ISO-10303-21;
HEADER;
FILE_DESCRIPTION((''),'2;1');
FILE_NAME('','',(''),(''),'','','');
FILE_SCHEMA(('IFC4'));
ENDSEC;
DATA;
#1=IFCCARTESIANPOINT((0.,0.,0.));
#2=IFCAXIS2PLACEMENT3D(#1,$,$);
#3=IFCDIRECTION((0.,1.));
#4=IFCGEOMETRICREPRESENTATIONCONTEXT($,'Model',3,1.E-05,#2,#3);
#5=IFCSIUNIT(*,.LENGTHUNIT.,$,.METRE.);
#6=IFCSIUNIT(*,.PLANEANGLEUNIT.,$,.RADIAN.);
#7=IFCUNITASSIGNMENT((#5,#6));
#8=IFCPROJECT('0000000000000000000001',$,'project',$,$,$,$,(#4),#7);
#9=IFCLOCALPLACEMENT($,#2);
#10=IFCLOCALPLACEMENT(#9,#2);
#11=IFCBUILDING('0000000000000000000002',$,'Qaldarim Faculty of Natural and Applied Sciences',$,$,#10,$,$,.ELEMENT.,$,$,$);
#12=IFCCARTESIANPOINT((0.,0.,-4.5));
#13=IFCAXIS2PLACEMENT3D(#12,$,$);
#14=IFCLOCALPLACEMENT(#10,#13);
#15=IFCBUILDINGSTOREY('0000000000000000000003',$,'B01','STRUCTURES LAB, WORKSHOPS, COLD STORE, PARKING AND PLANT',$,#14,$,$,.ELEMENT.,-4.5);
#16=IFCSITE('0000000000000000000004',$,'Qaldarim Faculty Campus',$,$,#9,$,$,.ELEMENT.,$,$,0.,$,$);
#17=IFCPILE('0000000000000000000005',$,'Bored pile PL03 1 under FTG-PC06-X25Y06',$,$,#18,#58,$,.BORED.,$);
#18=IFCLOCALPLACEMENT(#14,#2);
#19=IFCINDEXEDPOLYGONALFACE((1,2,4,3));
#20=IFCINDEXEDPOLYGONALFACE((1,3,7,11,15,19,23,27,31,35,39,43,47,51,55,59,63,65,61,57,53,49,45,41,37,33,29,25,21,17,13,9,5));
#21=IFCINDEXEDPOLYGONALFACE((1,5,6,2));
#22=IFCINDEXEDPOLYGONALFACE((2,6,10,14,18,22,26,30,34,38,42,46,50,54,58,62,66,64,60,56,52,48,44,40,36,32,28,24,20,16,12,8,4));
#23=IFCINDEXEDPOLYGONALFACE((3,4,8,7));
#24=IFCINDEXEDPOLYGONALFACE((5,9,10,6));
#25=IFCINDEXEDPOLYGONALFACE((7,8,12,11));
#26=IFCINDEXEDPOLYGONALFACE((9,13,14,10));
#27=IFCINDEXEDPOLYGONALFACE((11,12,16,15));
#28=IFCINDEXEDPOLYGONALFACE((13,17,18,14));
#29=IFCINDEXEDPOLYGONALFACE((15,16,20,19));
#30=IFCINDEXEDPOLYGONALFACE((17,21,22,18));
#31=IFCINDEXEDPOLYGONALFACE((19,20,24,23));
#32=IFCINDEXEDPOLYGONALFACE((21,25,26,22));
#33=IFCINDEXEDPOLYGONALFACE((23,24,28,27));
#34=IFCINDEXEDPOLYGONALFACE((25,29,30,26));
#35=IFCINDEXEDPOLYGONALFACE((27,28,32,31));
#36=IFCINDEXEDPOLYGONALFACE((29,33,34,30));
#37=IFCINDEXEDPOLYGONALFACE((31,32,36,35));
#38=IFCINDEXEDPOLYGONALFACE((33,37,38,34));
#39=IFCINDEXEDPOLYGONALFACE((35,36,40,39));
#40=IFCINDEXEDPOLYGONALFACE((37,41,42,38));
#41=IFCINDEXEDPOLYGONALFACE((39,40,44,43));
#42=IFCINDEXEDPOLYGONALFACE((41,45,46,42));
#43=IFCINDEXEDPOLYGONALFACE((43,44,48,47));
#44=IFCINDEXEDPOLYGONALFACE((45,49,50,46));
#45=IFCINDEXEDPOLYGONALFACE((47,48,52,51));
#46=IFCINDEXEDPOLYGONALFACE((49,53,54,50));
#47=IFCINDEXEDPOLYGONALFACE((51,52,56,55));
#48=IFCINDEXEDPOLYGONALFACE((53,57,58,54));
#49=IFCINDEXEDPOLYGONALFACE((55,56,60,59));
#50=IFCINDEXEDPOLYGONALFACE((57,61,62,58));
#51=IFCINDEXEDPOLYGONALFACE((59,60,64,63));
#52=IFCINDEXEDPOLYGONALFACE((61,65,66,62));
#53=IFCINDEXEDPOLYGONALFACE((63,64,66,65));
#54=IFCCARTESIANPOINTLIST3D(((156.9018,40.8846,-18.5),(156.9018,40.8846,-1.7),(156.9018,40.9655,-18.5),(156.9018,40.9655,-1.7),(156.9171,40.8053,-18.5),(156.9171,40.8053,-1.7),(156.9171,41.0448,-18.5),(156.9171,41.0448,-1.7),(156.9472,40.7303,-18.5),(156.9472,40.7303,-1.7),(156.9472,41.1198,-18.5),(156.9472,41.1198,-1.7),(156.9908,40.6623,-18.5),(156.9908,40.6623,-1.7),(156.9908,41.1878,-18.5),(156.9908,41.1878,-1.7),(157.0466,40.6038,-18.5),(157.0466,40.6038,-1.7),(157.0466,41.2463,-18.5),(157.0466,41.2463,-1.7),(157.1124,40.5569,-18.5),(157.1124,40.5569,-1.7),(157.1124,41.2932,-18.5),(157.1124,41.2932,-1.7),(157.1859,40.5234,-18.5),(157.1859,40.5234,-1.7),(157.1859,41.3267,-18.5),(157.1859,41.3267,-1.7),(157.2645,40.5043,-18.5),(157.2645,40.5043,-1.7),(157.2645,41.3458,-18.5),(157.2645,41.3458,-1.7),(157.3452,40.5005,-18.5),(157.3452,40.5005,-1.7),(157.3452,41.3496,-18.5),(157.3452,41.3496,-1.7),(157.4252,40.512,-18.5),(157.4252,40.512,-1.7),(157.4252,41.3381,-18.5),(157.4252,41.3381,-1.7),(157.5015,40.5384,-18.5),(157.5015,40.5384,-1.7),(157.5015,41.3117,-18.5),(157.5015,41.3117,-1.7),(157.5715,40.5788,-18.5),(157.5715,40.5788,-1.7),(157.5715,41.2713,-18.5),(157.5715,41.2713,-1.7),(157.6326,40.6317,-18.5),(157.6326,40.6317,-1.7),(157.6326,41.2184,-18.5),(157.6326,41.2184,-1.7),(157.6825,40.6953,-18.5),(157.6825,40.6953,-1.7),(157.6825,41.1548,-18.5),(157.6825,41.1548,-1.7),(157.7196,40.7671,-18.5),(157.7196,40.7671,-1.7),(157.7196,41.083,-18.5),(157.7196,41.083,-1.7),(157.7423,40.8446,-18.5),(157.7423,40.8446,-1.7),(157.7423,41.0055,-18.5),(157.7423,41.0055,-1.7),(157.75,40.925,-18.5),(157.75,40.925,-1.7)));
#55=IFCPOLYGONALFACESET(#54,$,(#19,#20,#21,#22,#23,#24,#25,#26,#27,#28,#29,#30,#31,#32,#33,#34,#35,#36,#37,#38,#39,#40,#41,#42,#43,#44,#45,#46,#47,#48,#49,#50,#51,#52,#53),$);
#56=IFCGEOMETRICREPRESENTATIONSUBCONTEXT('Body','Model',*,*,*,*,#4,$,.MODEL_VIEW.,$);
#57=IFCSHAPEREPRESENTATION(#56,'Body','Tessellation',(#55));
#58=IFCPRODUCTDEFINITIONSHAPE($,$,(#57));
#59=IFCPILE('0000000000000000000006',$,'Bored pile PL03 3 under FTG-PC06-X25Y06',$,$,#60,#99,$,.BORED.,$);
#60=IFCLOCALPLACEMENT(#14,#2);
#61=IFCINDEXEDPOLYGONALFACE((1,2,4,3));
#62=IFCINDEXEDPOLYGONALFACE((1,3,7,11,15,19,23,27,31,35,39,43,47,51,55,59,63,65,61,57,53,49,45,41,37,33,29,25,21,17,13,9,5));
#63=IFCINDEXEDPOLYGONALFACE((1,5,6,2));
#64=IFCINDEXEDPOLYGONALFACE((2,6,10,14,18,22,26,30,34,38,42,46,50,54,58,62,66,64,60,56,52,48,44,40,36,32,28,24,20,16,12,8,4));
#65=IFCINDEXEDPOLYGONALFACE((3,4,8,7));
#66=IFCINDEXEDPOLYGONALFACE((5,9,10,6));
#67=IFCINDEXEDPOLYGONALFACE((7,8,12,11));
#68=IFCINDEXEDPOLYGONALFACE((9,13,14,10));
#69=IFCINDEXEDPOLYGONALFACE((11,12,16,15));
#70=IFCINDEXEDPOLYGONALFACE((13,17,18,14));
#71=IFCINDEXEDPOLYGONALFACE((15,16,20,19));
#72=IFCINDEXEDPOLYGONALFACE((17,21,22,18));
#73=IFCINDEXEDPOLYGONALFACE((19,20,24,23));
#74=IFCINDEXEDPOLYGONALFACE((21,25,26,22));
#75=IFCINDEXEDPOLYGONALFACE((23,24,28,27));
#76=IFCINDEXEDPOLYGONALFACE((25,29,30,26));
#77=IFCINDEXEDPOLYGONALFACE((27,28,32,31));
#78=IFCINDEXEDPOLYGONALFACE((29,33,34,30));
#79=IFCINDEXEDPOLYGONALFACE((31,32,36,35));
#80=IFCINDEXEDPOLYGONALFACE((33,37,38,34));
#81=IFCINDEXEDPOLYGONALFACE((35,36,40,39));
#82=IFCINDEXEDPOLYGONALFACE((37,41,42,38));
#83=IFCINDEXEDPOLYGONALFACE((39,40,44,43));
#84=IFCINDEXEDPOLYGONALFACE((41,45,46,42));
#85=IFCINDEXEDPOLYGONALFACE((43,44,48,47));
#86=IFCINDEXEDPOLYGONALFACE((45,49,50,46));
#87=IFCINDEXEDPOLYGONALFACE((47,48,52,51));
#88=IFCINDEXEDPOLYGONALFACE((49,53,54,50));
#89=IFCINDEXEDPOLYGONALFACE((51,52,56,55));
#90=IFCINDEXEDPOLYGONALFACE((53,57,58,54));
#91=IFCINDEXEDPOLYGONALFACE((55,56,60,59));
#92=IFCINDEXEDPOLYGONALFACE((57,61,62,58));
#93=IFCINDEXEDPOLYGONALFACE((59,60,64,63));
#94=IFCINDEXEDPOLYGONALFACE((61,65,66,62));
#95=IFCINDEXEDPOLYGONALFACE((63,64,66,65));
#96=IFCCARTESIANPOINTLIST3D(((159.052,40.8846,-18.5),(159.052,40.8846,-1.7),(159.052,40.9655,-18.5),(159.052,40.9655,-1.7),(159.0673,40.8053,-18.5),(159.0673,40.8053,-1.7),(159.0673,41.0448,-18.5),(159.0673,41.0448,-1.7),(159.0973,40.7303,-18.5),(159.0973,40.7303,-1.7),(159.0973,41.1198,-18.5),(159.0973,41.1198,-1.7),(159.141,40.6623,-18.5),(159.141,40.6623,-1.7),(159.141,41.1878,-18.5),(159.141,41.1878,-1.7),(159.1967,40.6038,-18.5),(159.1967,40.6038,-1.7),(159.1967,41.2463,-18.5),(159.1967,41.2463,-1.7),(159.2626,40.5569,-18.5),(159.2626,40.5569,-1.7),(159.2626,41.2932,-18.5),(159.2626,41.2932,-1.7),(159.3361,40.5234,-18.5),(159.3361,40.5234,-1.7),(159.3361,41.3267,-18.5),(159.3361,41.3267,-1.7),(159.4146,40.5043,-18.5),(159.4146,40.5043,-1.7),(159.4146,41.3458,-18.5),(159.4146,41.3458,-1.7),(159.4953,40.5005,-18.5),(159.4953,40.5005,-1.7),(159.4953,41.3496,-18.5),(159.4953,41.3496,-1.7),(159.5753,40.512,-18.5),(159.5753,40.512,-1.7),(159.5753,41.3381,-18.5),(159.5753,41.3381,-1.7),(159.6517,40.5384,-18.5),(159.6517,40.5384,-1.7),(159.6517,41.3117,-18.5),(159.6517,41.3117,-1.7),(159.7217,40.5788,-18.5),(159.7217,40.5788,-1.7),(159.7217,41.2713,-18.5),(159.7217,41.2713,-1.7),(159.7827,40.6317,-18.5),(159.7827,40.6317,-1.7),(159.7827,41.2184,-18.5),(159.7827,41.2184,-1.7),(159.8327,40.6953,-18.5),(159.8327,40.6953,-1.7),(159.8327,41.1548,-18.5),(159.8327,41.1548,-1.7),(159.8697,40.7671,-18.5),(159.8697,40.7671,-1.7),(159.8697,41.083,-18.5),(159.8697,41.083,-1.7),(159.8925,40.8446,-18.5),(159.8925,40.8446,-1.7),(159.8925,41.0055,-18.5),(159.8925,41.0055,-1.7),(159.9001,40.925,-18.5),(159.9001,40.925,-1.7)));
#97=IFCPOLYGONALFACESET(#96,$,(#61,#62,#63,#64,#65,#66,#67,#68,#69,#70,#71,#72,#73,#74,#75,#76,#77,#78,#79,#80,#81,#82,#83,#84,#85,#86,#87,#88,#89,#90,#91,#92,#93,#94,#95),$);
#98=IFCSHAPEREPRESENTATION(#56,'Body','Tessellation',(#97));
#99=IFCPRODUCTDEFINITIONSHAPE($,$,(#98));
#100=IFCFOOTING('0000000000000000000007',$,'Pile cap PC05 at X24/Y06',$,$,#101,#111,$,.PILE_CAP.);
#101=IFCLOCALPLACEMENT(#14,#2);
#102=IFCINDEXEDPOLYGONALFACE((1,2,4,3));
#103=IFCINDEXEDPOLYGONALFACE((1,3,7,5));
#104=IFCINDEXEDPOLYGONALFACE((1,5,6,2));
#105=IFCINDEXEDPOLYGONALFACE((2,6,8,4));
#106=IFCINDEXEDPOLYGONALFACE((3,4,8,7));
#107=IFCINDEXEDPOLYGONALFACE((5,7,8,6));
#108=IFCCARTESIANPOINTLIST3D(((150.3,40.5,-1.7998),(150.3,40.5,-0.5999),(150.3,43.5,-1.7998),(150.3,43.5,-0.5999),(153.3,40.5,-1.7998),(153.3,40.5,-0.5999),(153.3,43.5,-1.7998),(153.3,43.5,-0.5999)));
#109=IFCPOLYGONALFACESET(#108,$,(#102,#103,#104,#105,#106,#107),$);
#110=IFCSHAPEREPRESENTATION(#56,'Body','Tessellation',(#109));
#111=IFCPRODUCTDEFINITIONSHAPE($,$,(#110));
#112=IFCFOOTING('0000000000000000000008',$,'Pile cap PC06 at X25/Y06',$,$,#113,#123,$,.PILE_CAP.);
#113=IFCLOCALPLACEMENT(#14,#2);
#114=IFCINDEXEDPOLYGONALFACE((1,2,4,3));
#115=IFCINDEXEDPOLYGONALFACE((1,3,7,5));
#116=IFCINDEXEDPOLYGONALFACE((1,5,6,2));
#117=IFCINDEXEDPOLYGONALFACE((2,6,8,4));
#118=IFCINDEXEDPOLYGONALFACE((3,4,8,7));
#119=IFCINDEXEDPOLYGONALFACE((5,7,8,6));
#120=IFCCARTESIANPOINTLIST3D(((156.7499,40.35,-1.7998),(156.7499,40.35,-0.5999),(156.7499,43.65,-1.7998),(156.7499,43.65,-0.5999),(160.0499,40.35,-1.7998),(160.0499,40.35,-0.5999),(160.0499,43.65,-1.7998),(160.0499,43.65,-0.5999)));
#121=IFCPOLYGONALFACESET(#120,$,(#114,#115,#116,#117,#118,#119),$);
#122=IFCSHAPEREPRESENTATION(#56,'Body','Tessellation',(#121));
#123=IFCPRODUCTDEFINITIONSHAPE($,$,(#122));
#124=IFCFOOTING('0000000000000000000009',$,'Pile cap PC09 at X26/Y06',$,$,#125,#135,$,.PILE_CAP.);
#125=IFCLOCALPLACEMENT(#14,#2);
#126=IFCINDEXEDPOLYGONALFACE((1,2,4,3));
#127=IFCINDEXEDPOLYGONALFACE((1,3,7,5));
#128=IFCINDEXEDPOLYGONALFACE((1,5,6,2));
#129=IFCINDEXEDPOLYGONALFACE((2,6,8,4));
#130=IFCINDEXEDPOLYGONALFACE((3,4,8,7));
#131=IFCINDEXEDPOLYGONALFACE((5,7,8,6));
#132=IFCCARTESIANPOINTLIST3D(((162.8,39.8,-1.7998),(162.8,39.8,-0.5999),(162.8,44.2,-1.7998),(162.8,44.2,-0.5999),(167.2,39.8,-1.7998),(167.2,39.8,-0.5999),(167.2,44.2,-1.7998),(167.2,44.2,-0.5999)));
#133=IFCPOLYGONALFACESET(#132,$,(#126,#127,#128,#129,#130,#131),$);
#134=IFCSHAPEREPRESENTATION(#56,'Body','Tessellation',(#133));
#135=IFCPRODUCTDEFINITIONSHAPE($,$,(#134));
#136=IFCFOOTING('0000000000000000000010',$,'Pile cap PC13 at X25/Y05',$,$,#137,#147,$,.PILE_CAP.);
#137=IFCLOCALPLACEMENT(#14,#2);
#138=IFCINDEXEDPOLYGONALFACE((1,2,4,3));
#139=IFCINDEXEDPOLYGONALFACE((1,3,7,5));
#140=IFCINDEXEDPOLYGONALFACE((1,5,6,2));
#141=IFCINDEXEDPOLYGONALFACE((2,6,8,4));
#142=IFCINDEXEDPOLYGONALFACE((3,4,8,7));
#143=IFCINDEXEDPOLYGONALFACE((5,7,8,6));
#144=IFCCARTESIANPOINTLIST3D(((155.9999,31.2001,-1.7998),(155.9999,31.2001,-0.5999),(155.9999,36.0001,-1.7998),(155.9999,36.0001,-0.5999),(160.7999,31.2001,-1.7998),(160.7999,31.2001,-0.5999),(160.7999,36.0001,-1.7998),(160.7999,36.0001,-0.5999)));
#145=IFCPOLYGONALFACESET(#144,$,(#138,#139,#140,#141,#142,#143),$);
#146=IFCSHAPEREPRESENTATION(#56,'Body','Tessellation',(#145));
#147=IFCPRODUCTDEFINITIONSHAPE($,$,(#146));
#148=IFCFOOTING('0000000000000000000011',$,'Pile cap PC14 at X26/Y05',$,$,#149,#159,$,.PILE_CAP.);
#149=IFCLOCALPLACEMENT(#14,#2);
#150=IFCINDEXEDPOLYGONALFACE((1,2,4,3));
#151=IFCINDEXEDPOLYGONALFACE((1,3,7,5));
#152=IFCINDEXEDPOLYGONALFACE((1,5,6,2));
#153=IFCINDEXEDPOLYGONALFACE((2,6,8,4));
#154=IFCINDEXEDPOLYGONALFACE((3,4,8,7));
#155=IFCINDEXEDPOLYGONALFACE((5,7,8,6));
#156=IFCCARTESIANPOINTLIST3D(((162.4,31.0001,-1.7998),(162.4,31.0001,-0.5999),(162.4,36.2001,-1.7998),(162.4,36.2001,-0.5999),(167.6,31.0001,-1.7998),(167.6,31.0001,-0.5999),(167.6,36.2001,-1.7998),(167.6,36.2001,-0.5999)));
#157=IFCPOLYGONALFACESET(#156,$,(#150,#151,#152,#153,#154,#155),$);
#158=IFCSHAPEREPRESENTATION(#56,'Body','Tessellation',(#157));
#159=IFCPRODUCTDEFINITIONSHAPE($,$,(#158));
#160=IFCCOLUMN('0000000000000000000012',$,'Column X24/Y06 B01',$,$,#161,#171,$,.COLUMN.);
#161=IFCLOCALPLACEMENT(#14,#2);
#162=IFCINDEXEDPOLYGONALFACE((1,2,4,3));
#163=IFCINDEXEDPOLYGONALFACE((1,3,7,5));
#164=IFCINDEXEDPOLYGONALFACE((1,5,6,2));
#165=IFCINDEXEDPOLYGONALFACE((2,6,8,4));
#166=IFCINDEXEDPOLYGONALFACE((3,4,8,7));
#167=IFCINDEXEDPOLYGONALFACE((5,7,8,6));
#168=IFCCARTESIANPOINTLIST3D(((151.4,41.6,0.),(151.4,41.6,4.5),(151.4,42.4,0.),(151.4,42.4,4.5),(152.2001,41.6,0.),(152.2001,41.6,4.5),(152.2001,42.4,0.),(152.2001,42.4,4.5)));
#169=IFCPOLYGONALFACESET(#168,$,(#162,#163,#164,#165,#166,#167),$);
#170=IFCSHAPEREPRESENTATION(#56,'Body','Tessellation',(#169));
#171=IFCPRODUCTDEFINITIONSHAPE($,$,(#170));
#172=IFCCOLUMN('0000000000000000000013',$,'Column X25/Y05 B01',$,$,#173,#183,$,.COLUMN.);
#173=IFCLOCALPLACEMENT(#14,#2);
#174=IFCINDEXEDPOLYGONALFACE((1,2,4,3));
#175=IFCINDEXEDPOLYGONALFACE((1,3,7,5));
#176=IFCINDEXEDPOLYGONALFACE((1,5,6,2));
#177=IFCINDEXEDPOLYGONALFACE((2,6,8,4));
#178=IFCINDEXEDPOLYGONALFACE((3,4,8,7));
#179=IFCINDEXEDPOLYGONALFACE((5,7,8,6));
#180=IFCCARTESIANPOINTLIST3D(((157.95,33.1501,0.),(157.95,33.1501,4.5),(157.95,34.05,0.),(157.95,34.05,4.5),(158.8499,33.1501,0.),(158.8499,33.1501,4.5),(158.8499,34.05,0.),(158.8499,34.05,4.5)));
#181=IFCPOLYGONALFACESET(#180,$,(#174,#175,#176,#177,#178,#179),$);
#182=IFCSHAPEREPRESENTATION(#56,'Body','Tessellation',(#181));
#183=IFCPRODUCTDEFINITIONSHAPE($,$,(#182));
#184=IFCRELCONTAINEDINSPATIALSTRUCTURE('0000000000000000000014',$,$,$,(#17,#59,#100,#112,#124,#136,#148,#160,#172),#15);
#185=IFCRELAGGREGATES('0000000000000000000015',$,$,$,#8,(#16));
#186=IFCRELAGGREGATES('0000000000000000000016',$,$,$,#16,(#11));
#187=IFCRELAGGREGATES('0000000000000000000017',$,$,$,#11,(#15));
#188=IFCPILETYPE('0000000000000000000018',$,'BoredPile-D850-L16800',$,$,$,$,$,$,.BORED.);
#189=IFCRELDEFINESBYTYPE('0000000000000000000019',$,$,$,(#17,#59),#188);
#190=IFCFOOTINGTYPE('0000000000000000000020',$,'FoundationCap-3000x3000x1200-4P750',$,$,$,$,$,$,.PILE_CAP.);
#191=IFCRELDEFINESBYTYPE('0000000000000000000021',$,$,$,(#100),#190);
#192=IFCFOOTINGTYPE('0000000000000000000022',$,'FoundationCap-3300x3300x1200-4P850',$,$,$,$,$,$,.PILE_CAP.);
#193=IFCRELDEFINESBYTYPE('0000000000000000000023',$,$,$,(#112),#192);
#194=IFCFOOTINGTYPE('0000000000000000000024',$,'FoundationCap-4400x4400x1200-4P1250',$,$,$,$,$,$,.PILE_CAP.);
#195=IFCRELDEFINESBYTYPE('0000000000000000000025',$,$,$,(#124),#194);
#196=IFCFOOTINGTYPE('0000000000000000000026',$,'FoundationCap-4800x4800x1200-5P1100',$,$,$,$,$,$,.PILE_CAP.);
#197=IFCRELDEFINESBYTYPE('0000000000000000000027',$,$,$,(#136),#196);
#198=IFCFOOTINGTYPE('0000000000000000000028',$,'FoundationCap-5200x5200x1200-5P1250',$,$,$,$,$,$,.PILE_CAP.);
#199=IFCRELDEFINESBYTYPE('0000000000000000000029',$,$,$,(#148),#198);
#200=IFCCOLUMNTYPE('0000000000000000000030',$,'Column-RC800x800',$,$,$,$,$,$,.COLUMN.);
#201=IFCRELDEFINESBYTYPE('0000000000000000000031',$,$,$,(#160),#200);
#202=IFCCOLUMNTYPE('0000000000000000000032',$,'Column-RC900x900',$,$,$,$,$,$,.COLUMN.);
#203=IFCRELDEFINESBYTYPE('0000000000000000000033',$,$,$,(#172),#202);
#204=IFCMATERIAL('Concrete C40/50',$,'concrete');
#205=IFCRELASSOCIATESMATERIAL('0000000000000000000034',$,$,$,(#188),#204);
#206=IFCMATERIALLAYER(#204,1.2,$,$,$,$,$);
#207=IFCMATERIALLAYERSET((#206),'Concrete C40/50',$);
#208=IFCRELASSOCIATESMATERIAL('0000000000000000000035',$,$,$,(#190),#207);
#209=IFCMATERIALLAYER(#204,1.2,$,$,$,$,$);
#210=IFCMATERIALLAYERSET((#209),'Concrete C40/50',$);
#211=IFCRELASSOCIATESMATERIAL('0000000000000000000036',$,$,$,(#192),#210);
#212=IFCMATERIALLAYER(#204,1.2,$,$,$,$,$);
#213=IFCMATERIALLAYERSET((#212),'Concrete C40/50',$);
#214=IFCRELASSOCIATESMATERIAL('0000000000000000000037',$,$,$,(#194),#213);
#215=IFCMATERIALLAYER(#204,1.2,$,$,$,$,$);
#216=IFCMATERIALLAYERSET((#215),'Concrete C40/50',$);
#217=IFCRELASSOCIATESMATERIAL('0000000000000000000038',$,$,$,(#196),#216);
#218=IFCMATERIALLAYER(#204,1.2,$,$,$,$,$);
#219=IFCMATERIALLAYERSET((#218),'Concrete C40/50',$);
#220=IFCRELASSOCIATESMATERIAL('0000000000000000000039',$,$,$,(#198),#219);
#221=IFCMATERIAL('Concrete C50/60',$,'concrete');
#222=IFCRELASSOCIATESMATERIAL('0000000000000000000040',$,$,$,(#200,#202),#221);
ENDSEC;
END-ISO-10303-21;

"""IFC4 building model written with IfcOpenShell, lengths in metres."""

from ifc_helpers import new_model, si_unit, direction, frame, origin, origin_2d, place, context, subcontext, project, spatial, rectangle, circle, extrude, material, layer, layer_set, material_profile, profile_set, type_object, element, save


model = new_model("IFC4")

# Units and contexts
model_context = context("Model", 3, precision=1e-05, world=origin(), true_north=direction((0.0, 1.0)))
body_context = subcontext(model_context, "Body", "Model", "MODEL_VIEW")
ifc_project = project(units=[si_unit("LENGTHUNIT", "METRE"), si_unit("PLANEANGLEUNIT", "RADIAN")], contexts=[model_context])

# Site, building, storey
site_placement = place(None, origin())
site = spatial("IfcSite", under=ifc_project, at=site_placement, Name="Qaldarim Faculty Campus", CompositionType="ELEMENT", RefElevation=0.0)
building_placement = place(site_placement, origin())
building = spatial("IfcBuilding", under=site, at=building_placement, Name="Qaldarim Faculty of Natural and Applied Sciences", CompositionType="ELEMENT")
storey_placement = place(building_placement, frame((0.0, 0.0, -4.5)))
storey = spatial("IfcBuildingStorey", under=building, at=storey_placement, Name="B01", Description="STRUCTURES LAB, WORKSHOPS, COLD STORE, PARKING AND PLANT", CompositionType="ELEMENT", Elevation=-4.5)

# Piles
ifc_material_1 = material(Name="Concrete C40/50", Category="concrete")
ifc_material_profile_1 = material_profile(ifc_material_1, circle(Radius=0.425, at=origin_2d()), Name="PILE-D850")
ifc_profile_set_1 = profile_set([ifc_material_profile_1], Name="Concrete C40/50")
pile_type_1 = type_object("IfcPileType", Name="BoredPile-D850-L16800", PredefinedType="BORED", material=ifc_profile_set_1)
for number, where, z_axis, x_axis, name in (
    (1, (157.325, 40.925, -1.7), (0.0, 0.0, -1.0), (1.0, 0.0, 0.0), "Bored pile PL03 1 under FTG-PC06-X25Y06"),
    (2, (159.4751, 40.925, -1.7), (0.0, 0.0, -1.0), (1.0, 0.0, 0.0), "Bored pile PL03 3 under FTG-PC06-X25Y06"),
):
    element("IfcPile", number, at=place(storey_placement, frame(where, z_axis=z_axis, x_axis=x_axis)), inside=storey, type_object=pile_type_1, Name=name, PredefinedType="BORED", context=body_context, shape_type="SweptSolid", body=[
        extrude(circle(Radius=0.425, at=origin_2d()), origin(), (0.0, 0.0, 1.0), 16.8),
    ])

# Footings
ifc_layer_1 = layer(ifc_material_1, 1.2)
ifc_layer_set_1 = layer_set([ifc_layer_1], Name="Concrete C40/50")
footing_type_1 = type_object("IfcFootingType", Name="FoundationCap-3000x3000x1200-4P750", PredefinedType="PILE_CAP", material=ifc_layer_set_1)
footing_1_placement = place(storey_placement, frame((151.8, 42.0, -1.7998), z_axis=(0.0, 0.0, 1.0), x_axis=(1.0, 0.0, 0.0)))
element("IfcFooting", 3, at=footing_1_placement, inside=storey, type_object=footing_type_1, Name="Pile cap PC05 at X24/Y06", PredefinedType="PILE_CAP", context=body_context, shape_type="SweptSolid", body=[
    extrude(rectangle(XDim=3.0, YDim=3.0, at=origin_2d()), origin(), (0.0, 0.0, 1.0), 1.2),
])
ifc_layer_2 = layer(ifc_material_1, 1.2)
ifc_layer_set_2 = layer_set([ifc_layer_2], Name="Concrete C40/50")
footing_type_2 = type_object("IfcFootingType", Name="FoundationCap-3300x3300x1200-4P850", PredefinedType="PILE_CAP", material=ifc_layer_set_2)
footing_2_placement = place(storey_placement, frame((158.3999, 42.0, -1.7998), z_axis=(0.0, 0.0, 1.0), x_axis=(1.0, 0.0, 0.0)))
element("IfcFooting", 4, at=footing_2_placement, inside=storey, type_object=footing_type_2, Name="Pile cap PC06 at X25/Y06", PredefinedType="PILE_CAP", context=body_context, shape_type="SweptSolid", body=[
    extrude(rectangle(XDim=3.3, YDim=3.3, at=origin_2d()), origin(), (0.0, 0.0, 1.0), 1.2),
])
ifc_layer_3 = layer(ifc_material_1, 1.2)
ifc_layer_set_3 = layer_set([ifc_layer_3], Name="Concrete C40/50")
footing_type_3 = type_object("IfcFootingType", Name="FoundationCap-4400x4400x1200-4P1250", PredefinedType="PILE_CAP", material=ifc_layer_set_3)
footing_3_placement = place(storey_placement, frame((165.0, 42.0, -1.7998), z_axis=(0.0, 0.0, 1.0), x_axis=(1.0, 0.0, 0.0)))
element("IfcFooting", 5, at=footing_3_placement, inside=storey, type_object=footing_type_3, Name="Pile cap PC09 at X26/Y06", PredefinedType="PILE_CAP", context=body_context, shape_type="SweptSolid", body=[
    extrude(rectangle(XDim=4.3999, YDim=4.3999, at=origin_2d()), origin(), (0.0, 0.0, 1.0), 1.2),
])
ifc_layer_4 = layer(ifc_material_1, 1.2)
ifc_layer_set_4 = layer_set([ifc_layer_4], Name="Concrete C40/50")
footing_type_4 = type_object("IfcFootingType", Name="FoundationCap-4800x4800x1200-5P1100", PredefinedType="PILE_CAP", material=ifc_layer_set_4)
footing_4_placement = place(storey_placement, frame((158.3999, 33.6001, -1.7998), z_axis=(0.0, 0.0, 1.0), x_axis=(1.0, 0.0, 0.0)))
element("IfcFooting", 6, at=footing_4_placement, inside=storey, type_object=footing_type_4, Name="Pile cap PC13 at X25/Y05", PredefinedType="PILE_CAP", context=body_context, shape_type="SweptSolid", body=[
    extrude(rectangle(XDim=4.8, YDim=4.8, at=origin_2d()), origin(), (0.0, 0.0, 1.0), 1.2),
])
ifc_layer_5 = layer(ifc_material_1, 1.2)
ifc_layer_set_5 = layer_set([ifc_layer_5], Name="Concrete C40/50")
footing_type_5 = type_object("IfcFootingType", Name="FoundationCap-5200x5200x1200-5P1250", PredefinedType="PILE_CAP", material=ifc_layer_set_5)
footing_5_placement = place(storey_placement, frame((165.0, 33.6001, -1.7998), z_axis=(0.0, 0.0, 1.0), x_axis=(1.0, 0.0, 0.0)))
element("IfcFooting", 7, at=footing_5_placement, inside=storey, type_object=footing_type_5, Name="Pile cap PC14 at X26/Y05", PredefinedType="PILE_CAP", context=body_context, shape_type="SweptSolid", body=[
    extrude(rectangle(XDim=5.2, YDim=5.2, at=origin_2d()), origin(), (0.0, 0.0, 1.0), 1.2),
])

# Columns
ifc_material_2 = material(Name="Concrete C50/60", Category="concrete")
ifc_material_profile_2 = material_profile(ifc_material_2, rectangle(XDim=0.8, YDim=0.8, at=origin_2d()), Name="RC-C800x800")
ifc_profile_set_2 = profile_set([ifc_material_profile_2], Name="Concrete C50/60")
column_type_1 = type_object("IfcColumnType", Name="Column-RC800x800", PredefinedType="COLUMN", material=ifc_profile_set_2)
column_placement = place(storey_placement, frame((151.8, 42.0, 0.0), z_axis=(0.0, 0.0, 1.0), x_axis=(1.0, 0.0, 0.0)))
element("IfcColumn", 8, at=column_placement, inside=storey, type_object=column_type_1, Name="Column X24/Y06 B01", PredefinedType="COLUMN", context=body_context, shape_type="SweptSolid", body=[
    extrude(rectangle(XDim=0.8, YDim=0.8, at=origin_2d()), origin(), (0.0, 0.0, 1.0), 4.5),
])
ifc_material_profile_3 = material_profile(ifc_material_2, rectangle(XDim=0.8999, YDim=0.8999, at=origin_2d()), Name="RC-C900x900")
ifc_profile_set_3 = profile_set([ifc_material_profile_3], Name="Concrete C50/60")
column_type_2 = type_object("IfcColumnType", Name="Column-RC900x900", PredefinedType="COLUMN", material=ifc_profile_set_3)
for number, where, z_axis, x_axis, name in (
    (9, (158.3999, 33.6001, 0.0), (0.0, 0.0, 1.0), (1.0, 0.0, 0.0), "Column X25/Y05 B01"),
):
    element("IfcColumn", number, at=place(storey_placement, frame(where, z_axis=z_axis, x_axis=x_axis)), inside=storey, type_object=column_type_2, Name=name, PredefinedType="COLUMN", context=body_context, shape_type="SweptSolid", body=[
        extrude(rectangle(XDim=0.8999, YDim=0.8999, at=origin_2d()), origin(), (0.0, 0.0, 1.0), 4.5),
    ])

save(model, "model.ifc")
